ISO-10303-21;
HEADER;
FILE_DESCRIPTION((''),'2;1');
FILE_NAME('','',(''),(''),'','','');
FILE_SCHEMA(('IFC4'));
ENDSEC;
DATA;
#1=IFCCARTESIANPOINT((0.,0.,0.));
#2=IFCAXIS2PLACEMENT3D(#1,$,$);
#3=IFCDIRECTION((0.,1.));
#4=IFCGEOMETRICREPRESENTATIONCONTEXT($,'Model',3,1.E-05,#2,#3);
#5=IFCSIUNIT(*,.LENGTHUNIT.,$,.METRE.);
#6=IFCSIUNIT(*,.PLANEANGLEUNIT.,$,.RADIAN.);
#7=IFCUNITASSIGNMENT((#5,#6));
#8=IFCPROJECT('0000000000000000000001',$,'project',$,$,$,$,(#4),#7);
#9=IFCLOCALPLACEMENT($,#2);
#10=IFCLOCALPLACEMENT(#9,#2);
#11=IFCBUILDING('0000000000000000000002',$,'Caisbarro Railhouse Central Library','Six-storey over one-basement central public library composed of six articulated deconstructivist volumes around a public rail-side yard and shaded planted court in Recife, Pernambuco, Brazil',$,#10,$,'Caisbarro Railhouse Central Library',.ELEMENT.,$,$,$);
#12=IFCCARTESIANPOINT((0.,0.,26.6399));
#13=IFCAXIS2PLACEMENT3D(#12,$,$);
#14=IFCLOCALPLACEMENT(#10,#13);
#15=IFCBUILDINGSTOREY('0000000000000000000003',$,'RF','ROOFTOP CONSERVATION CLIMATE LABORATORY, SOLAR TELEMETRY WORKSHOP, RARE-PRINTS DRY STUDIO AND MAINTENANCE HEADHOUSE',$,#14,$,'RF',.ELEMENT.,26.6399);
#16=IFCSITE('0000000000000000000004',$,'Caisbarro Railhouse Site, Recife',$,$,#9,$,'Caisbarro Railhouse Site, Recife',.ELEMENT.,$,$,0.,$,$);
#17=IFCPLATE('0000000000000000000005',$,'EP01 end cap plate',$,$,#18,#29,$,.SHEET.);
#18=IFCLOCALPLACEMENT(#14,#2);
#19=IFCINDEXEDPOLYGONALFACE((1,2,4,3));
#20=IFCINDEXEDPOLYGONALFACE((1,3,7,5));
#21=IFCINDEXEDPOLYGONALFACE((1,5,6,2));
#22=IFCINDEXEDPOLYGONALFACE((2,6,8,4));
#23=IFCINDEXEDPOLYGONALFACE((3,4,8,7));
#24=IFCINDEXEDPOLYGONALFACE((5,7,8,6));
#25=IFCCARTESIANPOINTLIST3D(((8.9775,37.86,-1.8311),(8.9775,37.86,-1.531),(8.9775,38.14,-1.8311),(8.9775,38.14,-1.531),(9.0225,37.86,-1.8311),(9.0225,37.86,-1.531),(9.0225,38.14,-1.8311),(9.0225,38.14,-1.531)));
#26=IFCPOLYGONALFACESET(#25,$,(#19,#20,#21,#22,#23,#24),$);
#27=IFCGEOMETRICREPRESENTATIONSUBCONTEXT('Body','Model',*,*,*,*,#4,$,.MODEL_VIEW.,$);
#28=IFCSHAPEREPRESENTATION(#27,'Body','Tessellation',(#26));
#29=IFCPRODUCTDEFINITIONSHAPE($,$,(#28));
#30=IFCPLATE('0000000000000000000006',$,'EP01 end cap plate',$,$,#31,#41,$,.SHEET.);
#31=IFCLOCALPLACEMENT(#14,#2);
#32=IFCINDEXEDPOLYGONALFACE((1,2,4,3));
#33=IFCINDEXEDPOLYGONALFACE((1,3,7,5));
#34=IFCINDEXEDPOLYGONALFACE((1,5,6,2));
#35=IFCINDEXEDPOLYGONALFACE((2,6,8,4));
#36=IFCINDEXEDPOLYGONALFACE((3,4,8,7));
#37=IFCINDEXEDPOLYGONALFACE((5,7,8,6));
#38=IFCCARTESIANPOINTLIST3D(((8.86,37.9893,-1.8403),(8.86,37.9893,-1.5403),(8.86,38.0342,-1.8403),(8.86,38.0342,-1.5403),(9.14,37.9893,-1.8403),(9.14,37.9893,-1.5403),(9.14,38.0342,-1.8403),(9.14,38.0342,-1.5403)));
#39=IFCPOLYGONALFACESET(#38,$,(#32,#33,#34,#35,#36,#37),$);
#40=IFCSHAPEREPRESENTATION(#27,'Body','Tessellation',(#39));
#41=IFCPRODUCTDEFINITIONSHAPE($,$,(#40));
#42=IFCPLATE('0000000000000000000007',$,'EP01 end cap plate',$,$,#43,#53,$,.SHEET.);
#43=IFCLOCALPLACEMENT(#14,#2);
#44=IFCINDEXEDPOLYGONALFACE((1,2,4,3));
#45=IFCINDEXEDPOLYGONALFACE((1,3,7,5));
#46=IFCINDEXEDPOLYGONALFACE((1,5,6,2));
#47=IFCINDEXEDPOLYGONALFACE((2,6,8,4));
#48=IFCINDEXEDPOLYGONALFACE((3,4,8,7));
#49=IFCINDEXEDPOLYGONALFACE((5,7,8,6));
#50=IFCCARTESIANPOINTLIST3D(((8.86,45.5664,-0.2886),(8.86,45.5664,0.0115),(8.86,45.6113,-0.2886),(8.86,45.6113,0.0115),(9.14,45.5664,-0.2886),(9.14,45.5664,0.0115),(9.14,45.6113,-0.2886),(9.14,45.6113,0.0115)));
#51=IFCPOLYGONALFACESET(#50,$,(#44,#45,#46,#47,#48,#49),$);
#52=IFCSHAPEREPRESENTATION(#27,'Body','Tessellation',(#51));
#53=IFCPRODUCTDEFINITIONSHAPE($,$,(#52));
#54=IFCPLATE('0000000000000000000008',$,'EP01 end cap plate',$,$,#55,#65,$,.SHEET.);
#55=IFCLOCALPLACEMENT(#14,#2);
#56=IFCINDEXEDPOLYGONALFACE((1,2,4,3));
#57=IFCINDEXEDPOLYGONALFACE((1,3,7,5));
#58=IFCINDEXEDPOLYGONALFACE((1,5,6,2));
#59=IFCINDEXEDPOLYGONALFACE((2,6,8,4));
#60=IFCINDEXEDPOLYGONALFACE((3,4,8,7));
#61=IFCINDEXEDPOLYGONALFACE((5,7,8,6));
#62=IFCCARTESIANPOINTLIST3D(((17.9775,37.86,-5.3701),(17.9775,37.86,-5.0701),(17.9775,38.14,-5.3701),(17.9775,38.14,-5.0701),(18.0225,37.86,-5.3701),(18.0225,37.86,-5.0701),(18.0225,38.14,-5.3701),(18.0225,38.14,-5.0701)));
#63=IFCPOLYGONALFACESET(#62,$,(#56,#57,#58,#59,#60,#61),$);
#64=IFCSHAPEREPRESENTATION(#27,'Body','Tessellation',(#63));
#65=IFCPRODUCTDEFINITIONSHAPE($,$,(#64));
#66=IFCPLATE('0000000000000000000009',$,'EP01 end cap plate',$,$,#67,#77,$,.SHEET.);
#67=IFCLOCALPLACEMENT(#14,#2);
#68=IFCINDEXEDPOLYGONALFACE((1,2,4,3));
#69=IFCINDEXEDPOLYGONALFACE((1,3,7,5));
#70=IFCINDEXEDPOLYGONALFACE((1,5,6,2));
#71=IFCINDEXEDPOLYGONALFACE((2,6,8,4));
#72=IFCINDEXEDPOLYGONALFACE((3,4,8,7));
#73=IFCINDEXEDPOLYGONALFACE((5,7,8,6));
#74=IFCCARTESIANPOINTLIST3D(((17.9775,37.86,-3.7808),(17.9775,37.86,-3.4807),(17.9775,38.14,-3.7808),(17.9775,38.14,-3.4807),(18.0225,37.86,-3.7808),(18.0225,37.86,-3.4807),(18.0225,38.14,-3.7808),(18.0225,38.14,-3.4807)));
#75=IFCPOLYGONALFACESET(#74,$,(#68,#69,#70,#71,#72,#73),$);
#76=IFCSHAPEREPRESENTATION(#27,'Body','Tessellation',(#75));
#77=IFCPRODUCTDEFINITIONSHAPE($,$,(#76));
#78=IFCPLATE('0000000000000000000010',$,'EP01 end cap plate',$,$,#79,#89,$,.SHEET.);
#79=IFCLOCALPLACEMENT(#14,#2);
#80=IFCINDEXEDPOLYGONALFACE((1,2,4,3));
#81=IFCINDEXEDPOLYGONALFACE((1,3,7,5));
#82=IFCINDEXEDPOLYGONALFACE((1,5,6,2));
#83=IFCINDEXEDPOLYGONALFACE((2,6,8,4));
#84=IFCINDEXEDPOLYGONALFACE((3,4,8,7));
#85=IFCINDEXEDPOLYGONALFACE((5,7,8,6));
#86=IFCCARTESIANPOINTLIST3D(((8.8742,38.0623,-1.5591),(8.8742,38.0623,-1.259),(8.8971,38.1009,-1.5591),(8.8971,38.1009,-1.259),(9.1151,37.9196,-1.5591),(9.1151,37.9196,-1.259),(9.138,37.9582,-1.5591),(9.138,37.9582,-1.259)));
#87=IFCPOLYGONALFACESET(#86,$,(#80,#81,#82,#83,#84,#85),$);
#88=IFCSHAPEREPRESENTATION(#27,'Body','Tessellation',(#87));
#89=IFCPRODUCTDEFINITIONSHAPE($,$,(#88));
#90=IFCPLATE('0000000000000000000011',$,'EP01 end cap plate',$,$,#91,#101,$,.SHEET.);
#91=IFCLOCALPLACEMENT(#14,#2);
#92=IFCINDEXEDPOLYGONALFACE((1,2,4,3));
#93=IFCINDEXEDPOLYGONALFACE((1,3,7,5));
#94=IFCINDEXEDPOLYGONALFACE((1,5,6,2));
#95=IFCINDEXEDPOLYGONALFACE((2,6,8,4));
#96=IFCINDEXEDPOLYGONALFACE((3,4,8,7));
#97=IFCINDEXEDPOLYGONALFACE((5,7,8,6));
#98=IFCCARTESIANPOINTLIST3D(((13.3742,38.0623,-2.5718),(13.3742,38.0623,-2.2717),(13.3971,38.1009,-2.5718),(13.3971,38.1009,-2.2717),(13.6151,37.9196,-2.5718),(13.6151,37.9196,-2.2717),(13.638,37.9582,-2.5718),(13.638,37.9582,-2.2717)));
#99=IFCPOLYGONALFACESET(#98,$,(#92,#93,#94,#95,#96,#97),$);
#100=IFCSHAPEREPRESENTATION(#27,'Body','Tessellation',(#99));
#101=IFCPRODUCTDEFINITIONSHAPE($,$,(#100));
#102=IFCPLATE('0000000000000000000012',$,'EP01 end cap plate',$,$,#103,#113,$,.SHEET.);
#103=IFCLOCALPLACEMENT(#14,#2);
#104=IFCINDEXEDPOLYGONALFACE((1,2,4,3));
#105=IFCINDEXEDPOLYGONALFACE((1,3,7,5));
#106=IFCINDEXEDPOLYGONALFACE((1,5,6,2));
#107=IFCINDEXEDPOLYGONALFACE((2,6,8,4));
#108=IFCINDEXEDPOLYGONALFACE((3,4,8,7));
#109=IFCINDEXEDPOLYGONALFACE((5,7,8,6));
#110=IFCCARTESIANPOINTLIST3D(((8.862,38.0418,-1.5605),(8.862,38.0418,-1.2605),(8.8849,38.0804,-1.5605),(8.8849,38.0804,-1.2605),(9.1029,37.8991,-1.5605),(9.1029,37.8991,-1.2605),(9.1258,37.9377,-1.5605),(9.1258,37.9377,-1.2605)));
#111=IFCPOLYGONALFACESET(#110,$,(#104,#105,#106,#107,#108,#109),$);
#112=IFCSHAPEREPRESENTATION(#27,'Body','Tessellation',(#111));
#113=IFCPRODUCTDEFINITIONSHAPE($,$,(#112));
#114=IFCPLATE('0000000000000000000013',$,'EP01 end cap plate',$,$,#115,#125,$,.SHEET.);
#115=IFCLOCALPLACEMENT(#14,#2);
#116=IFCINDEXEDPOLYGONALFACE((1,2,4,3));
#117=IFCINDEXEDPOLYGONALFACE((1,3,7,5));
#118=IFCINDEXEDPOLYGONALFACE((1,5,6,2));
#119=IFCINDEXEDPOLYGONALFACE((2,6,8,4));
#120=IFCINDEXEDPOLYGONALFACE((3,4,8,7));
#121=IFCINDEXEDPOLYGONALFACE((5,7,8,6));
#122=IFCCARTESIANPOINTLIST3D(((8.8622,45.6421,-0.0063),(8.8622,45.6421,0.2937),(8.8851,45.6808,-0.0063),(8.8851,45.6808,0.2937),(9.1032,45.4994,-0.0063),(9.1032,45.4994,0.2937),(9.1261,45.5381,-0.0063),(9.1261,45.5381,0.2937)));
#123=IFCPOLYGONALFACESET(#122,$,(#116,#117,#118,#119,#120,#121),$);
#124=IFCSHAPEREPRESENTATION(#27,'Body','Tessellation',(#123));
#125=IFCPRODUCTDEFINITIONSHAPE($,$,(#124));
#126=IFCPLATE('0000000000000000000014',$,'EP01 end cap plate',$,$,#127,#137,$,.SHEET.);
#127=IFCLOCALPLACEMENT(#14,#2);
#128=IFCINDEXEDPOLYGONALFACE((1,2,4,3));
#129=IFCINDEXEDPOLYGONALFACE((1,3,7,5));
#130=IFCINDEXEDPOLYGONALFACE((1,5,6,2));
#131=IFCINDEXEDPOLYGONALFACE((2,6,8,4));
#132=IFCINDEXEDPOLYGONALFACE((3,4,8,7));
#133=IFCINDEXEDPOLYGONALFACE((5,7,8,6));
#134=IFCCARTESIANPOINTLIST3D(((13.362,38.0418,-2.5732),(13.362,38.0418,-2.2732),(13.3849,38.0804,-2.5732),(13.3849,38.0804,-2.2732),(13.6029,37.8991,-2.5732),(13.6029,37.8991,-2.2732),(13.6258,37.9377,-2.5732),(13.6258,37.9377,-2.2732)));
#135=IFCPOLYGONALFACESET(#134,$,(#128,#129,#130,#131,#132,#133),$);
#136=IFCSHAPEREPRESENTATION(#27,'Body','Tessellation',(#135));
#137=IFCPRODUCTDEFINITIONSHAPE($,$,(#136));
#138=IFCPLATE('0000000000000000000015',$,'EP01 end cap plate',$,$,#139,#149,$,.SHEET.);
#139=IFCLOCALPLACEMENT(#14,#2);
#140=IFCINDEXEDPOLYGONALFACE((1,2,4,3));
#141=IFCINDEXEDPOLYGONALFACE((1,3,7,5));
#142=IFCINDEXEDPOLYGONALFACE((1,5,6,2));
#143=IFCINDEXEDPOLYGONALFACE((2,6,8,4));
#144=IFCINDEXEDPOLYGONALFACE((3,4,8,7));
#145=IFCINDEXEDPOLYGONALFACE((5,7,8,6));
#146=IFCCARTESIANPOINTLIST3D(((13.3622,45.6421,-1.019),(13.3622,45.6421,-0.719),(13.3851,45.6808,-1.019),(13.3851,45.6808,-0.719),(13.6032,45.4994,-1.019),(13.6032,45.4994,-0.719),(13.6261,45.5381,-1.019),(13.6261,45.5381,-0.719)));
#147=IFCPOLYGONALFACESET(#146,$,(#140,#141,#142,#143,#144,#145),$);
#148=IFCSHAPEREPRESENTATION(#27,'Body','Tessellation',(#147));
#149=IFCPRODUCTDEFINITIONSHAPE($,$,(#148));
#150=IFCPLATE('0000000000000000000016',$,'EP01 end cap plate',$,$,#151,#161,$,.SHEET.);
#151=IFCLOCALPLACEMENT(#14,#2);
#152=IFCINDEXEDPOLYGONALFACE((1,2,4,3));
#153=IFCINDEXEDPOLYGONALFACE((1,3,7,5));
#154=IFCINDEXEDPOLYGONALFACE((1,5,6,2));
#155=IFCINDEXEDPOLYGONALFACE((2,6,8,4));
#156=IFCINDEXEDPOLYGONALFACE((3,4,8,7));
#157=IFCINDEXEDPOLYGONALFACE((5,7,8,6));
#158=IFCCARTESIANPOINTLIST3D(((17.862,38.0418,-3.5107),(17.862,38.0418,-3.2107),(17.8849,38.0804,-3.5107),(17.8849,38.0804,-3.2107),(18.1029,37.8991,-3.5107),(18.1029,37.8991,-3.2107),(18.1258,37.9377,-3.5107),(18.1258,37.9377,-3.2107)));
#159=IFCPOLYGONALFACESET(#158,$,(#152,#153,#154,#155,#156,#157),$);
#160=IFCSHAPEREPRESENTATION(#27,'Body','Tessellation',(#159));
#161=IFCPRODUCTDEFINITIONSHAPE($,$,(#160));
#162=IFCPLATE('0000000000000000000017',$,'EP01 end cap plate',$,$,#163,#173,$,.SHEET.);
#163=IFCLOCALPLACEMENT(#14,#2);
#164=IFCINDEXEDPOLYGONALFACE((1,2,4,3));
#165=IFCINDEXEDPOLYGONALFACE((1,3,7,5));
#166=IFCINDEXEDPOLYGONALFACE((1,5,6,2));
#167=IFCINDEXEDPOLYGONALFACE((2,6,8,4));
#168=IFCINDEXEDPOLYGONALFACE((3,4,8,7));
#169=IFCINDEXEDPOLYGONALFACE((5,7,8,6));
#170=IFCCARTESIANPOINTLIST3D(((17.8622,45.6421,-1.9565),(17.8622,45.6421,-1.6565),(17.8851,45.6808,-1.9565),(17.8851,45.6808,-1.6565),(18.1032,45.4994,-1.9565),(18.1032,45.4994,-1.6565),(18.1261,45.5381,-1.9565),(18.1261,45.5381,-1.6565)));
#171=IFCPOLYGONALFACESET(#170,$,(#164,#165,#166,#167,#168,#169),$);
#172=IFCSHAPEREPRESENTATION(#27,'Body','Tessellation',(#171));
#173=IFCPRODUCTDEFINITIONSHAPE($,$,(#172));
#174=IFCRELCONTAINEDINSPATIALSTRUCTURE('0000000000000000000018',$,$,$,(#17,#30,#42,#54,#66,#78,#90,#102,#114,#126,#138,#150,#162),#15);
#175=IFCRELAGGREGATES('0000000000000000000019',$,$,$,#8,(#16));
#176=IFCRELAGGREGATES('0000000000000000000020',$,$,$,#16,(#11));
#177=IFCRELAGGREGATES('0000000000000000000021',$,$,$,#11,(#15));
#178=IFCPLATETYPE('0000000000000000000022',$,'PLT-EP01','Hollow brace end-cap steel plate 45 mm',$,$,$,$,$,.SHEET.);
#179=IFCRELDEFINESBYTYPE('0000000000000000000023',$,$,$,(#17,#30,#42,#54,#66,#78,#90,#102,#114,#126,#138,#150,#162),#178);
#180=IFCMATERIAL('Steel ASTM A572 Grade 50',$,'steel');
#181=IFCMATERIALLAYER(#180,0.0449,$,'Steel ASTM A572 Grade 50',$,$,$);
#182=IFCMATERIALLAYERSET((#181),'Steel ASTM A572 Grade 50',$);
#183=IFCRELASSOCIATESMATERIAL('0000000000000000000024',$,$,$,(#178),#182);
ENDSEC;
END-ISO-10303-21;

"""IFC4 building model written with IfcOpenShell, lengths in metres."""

from ifc_helpers import new_model, si_unit, direction, frame, origin, origin_2d, place, context, subcontext, project, spatial, rectangle, extrude, material, layer, layer_set, type_object, element, save


model = new_model("IFC4")

# Units and contexts
model_context = context("Model", 3, precision=1e-05, world=origin(), true_north=direction((0.0, 1.0)))
body_context = subcontext(model_context, "Body", "Model", "MODEL_VIEW")
ifc_project = project(units=[si_unit("LENGTHUNIT", "METRE"), si_unit("PLANEANGLEUNIT", "RADIAN")], contexts=[model_context])

# Site, building, storey
site_placement = place(None, origin())
site = spatial("IfcSite", under=ifc_project, at=site_placement, Name="Caisbarro Railhouse Site, Recife", LongName="Caisbarro Railhouse Site, Recife", CompositionType="ELEMENT", RefElevation=0.0)
building_placement = place(site_placement, origin())
building = spatial("IfcBuilding", under=site, at=building_placement, Name="Caisbarro Railhouse Central Library", Description="Six-storey over one-basement central public library composed of six articulated deconstructivist volumes around a public rail-side yard and shaded planted court in Recife, Pernambuco, Brazil", LongName="Caisbarro Railhouse Central Library", CompositionType="ELEMENT")
storey_placement = place(building_placement, frame((0.0, 0.0, 26.6399)))
storey = spatial("IfcBuildingStorey", under=building, at=storey_placement, Name="RF", Description="ROOFTOP CONSERVATION CLIMATE LABORATORY, SOLAR TELEMETRY WORKSHOP, RARE-PRINTS DRY STUDIO AND MAINTENANCE HEADHOUSE", LongName="RF", CompositionType="ELEMENT", Elevation=26.6399)

# Shared definitions
ifc_material = material(Name="Steel ASTM A572 Grade 50", Category="steel")

# Plates
ifc_layer = layer(ifc_material, 0.0449, Name="Steel ASTM A572 Grade 50")
ifc_layer_set = layer_set([ifc_layer], Name="Steel ASTM A572 Grade 50")
plate_type = type_object("IfcPlateType", Name="PLT-EP01", Description="Hollow brace end-cap steel plate 45 mm", PredefinedType="SHEET", material=ifc_layer_set)
for number, where, z_axis, x_axis, name in (
    (1, (9.0, 38.0, -1.8311), (0.0, 0.0, 1.0), (1.0, 0.0, 0.0), "EP01 end cap plate"),
    (2, (9.0, 38.0117, -1.8403), (0.0, 0.0, 1.0), (0.0, 1.0, 0.0), "EP01 end cap plate"),
    (3, (9.0, 45.5889, -0.2886), (0.0, 0.0, 1.0), (0.0, -1.0, 0.0), "EP01 end cap plate"),
    (4, (18.0, 38.0, -5.3701), (0.0, 0.0, 1.0), (1.0, 0.0, 0.0), "EP01 end cap plate"),
    (5, (18.0, 38.0, -3.7808), (0.0, 0.0, 1.0), (1.0, 0.0, 0.0), "EP01 end cap plate"),
    (6, (9.0061, 38.0103, -1.5591), (0.0, 0.0, 1.0), (0.509492, 0.860475, 0.0), "EP01 end cap plate"),
    (7, (13.5061, 38.0103, -2.5718), (0.0, 0.0, 1.0), (0.509492, 0.860475, 0.0), "EP01 end cap plate"),
    (8, (8.9939, 37.9897, -1.5605), (0.0, 0.0, 1.0), (0.509492, 0.860475, 0.0), "EP01 end cap plate"),
    (9, (8.9941, 45.5901, -0.0063), (0.0, 0.0, 1.0), (0.509492, 0.860475, 0.0), "EP01 end cap plate"),
    (10, (13.4939, 37.9897, -2.5732), (0.0, 0.0, 1.0), (0.509492, 0.860475, 0.0), "EP01 end cap plate"),
    (11, (13.4941, 45.5901, -1.019), (0.0, 0.0, 1.0), (0.509492, 0.860475, 0.0), "EP01 end cap plate"),
    (12, (17.9939, 37.9897, -3.5107), (0.0, 0.0, 1.0), (0.509492, 0.860475, 0.0), "EP01 end cap plate"),
    (13, (17.9941, 45.5901, -1.9565), (0.0, 0.0, 1.0), (0.509492, 0.860475, 0.0), "EP01 end cap plate"),
):
    element("IfcPlate", number, at=place(storey_placement, frame(where, z_axis=z_axis, x_axis=x_axis)), inside=storey, type_object=plate_type, Name=name, PredefinedType="SHEET", context=body_context, shape_type="SweptSolid", body=[
        extrude(rectangle(XDim=0.0449, YDim=0.28, at=origin_2d()), origin(), (0.0, 0.0, 1.0), 0.3),
    ])

save(model, "model.ifc")
